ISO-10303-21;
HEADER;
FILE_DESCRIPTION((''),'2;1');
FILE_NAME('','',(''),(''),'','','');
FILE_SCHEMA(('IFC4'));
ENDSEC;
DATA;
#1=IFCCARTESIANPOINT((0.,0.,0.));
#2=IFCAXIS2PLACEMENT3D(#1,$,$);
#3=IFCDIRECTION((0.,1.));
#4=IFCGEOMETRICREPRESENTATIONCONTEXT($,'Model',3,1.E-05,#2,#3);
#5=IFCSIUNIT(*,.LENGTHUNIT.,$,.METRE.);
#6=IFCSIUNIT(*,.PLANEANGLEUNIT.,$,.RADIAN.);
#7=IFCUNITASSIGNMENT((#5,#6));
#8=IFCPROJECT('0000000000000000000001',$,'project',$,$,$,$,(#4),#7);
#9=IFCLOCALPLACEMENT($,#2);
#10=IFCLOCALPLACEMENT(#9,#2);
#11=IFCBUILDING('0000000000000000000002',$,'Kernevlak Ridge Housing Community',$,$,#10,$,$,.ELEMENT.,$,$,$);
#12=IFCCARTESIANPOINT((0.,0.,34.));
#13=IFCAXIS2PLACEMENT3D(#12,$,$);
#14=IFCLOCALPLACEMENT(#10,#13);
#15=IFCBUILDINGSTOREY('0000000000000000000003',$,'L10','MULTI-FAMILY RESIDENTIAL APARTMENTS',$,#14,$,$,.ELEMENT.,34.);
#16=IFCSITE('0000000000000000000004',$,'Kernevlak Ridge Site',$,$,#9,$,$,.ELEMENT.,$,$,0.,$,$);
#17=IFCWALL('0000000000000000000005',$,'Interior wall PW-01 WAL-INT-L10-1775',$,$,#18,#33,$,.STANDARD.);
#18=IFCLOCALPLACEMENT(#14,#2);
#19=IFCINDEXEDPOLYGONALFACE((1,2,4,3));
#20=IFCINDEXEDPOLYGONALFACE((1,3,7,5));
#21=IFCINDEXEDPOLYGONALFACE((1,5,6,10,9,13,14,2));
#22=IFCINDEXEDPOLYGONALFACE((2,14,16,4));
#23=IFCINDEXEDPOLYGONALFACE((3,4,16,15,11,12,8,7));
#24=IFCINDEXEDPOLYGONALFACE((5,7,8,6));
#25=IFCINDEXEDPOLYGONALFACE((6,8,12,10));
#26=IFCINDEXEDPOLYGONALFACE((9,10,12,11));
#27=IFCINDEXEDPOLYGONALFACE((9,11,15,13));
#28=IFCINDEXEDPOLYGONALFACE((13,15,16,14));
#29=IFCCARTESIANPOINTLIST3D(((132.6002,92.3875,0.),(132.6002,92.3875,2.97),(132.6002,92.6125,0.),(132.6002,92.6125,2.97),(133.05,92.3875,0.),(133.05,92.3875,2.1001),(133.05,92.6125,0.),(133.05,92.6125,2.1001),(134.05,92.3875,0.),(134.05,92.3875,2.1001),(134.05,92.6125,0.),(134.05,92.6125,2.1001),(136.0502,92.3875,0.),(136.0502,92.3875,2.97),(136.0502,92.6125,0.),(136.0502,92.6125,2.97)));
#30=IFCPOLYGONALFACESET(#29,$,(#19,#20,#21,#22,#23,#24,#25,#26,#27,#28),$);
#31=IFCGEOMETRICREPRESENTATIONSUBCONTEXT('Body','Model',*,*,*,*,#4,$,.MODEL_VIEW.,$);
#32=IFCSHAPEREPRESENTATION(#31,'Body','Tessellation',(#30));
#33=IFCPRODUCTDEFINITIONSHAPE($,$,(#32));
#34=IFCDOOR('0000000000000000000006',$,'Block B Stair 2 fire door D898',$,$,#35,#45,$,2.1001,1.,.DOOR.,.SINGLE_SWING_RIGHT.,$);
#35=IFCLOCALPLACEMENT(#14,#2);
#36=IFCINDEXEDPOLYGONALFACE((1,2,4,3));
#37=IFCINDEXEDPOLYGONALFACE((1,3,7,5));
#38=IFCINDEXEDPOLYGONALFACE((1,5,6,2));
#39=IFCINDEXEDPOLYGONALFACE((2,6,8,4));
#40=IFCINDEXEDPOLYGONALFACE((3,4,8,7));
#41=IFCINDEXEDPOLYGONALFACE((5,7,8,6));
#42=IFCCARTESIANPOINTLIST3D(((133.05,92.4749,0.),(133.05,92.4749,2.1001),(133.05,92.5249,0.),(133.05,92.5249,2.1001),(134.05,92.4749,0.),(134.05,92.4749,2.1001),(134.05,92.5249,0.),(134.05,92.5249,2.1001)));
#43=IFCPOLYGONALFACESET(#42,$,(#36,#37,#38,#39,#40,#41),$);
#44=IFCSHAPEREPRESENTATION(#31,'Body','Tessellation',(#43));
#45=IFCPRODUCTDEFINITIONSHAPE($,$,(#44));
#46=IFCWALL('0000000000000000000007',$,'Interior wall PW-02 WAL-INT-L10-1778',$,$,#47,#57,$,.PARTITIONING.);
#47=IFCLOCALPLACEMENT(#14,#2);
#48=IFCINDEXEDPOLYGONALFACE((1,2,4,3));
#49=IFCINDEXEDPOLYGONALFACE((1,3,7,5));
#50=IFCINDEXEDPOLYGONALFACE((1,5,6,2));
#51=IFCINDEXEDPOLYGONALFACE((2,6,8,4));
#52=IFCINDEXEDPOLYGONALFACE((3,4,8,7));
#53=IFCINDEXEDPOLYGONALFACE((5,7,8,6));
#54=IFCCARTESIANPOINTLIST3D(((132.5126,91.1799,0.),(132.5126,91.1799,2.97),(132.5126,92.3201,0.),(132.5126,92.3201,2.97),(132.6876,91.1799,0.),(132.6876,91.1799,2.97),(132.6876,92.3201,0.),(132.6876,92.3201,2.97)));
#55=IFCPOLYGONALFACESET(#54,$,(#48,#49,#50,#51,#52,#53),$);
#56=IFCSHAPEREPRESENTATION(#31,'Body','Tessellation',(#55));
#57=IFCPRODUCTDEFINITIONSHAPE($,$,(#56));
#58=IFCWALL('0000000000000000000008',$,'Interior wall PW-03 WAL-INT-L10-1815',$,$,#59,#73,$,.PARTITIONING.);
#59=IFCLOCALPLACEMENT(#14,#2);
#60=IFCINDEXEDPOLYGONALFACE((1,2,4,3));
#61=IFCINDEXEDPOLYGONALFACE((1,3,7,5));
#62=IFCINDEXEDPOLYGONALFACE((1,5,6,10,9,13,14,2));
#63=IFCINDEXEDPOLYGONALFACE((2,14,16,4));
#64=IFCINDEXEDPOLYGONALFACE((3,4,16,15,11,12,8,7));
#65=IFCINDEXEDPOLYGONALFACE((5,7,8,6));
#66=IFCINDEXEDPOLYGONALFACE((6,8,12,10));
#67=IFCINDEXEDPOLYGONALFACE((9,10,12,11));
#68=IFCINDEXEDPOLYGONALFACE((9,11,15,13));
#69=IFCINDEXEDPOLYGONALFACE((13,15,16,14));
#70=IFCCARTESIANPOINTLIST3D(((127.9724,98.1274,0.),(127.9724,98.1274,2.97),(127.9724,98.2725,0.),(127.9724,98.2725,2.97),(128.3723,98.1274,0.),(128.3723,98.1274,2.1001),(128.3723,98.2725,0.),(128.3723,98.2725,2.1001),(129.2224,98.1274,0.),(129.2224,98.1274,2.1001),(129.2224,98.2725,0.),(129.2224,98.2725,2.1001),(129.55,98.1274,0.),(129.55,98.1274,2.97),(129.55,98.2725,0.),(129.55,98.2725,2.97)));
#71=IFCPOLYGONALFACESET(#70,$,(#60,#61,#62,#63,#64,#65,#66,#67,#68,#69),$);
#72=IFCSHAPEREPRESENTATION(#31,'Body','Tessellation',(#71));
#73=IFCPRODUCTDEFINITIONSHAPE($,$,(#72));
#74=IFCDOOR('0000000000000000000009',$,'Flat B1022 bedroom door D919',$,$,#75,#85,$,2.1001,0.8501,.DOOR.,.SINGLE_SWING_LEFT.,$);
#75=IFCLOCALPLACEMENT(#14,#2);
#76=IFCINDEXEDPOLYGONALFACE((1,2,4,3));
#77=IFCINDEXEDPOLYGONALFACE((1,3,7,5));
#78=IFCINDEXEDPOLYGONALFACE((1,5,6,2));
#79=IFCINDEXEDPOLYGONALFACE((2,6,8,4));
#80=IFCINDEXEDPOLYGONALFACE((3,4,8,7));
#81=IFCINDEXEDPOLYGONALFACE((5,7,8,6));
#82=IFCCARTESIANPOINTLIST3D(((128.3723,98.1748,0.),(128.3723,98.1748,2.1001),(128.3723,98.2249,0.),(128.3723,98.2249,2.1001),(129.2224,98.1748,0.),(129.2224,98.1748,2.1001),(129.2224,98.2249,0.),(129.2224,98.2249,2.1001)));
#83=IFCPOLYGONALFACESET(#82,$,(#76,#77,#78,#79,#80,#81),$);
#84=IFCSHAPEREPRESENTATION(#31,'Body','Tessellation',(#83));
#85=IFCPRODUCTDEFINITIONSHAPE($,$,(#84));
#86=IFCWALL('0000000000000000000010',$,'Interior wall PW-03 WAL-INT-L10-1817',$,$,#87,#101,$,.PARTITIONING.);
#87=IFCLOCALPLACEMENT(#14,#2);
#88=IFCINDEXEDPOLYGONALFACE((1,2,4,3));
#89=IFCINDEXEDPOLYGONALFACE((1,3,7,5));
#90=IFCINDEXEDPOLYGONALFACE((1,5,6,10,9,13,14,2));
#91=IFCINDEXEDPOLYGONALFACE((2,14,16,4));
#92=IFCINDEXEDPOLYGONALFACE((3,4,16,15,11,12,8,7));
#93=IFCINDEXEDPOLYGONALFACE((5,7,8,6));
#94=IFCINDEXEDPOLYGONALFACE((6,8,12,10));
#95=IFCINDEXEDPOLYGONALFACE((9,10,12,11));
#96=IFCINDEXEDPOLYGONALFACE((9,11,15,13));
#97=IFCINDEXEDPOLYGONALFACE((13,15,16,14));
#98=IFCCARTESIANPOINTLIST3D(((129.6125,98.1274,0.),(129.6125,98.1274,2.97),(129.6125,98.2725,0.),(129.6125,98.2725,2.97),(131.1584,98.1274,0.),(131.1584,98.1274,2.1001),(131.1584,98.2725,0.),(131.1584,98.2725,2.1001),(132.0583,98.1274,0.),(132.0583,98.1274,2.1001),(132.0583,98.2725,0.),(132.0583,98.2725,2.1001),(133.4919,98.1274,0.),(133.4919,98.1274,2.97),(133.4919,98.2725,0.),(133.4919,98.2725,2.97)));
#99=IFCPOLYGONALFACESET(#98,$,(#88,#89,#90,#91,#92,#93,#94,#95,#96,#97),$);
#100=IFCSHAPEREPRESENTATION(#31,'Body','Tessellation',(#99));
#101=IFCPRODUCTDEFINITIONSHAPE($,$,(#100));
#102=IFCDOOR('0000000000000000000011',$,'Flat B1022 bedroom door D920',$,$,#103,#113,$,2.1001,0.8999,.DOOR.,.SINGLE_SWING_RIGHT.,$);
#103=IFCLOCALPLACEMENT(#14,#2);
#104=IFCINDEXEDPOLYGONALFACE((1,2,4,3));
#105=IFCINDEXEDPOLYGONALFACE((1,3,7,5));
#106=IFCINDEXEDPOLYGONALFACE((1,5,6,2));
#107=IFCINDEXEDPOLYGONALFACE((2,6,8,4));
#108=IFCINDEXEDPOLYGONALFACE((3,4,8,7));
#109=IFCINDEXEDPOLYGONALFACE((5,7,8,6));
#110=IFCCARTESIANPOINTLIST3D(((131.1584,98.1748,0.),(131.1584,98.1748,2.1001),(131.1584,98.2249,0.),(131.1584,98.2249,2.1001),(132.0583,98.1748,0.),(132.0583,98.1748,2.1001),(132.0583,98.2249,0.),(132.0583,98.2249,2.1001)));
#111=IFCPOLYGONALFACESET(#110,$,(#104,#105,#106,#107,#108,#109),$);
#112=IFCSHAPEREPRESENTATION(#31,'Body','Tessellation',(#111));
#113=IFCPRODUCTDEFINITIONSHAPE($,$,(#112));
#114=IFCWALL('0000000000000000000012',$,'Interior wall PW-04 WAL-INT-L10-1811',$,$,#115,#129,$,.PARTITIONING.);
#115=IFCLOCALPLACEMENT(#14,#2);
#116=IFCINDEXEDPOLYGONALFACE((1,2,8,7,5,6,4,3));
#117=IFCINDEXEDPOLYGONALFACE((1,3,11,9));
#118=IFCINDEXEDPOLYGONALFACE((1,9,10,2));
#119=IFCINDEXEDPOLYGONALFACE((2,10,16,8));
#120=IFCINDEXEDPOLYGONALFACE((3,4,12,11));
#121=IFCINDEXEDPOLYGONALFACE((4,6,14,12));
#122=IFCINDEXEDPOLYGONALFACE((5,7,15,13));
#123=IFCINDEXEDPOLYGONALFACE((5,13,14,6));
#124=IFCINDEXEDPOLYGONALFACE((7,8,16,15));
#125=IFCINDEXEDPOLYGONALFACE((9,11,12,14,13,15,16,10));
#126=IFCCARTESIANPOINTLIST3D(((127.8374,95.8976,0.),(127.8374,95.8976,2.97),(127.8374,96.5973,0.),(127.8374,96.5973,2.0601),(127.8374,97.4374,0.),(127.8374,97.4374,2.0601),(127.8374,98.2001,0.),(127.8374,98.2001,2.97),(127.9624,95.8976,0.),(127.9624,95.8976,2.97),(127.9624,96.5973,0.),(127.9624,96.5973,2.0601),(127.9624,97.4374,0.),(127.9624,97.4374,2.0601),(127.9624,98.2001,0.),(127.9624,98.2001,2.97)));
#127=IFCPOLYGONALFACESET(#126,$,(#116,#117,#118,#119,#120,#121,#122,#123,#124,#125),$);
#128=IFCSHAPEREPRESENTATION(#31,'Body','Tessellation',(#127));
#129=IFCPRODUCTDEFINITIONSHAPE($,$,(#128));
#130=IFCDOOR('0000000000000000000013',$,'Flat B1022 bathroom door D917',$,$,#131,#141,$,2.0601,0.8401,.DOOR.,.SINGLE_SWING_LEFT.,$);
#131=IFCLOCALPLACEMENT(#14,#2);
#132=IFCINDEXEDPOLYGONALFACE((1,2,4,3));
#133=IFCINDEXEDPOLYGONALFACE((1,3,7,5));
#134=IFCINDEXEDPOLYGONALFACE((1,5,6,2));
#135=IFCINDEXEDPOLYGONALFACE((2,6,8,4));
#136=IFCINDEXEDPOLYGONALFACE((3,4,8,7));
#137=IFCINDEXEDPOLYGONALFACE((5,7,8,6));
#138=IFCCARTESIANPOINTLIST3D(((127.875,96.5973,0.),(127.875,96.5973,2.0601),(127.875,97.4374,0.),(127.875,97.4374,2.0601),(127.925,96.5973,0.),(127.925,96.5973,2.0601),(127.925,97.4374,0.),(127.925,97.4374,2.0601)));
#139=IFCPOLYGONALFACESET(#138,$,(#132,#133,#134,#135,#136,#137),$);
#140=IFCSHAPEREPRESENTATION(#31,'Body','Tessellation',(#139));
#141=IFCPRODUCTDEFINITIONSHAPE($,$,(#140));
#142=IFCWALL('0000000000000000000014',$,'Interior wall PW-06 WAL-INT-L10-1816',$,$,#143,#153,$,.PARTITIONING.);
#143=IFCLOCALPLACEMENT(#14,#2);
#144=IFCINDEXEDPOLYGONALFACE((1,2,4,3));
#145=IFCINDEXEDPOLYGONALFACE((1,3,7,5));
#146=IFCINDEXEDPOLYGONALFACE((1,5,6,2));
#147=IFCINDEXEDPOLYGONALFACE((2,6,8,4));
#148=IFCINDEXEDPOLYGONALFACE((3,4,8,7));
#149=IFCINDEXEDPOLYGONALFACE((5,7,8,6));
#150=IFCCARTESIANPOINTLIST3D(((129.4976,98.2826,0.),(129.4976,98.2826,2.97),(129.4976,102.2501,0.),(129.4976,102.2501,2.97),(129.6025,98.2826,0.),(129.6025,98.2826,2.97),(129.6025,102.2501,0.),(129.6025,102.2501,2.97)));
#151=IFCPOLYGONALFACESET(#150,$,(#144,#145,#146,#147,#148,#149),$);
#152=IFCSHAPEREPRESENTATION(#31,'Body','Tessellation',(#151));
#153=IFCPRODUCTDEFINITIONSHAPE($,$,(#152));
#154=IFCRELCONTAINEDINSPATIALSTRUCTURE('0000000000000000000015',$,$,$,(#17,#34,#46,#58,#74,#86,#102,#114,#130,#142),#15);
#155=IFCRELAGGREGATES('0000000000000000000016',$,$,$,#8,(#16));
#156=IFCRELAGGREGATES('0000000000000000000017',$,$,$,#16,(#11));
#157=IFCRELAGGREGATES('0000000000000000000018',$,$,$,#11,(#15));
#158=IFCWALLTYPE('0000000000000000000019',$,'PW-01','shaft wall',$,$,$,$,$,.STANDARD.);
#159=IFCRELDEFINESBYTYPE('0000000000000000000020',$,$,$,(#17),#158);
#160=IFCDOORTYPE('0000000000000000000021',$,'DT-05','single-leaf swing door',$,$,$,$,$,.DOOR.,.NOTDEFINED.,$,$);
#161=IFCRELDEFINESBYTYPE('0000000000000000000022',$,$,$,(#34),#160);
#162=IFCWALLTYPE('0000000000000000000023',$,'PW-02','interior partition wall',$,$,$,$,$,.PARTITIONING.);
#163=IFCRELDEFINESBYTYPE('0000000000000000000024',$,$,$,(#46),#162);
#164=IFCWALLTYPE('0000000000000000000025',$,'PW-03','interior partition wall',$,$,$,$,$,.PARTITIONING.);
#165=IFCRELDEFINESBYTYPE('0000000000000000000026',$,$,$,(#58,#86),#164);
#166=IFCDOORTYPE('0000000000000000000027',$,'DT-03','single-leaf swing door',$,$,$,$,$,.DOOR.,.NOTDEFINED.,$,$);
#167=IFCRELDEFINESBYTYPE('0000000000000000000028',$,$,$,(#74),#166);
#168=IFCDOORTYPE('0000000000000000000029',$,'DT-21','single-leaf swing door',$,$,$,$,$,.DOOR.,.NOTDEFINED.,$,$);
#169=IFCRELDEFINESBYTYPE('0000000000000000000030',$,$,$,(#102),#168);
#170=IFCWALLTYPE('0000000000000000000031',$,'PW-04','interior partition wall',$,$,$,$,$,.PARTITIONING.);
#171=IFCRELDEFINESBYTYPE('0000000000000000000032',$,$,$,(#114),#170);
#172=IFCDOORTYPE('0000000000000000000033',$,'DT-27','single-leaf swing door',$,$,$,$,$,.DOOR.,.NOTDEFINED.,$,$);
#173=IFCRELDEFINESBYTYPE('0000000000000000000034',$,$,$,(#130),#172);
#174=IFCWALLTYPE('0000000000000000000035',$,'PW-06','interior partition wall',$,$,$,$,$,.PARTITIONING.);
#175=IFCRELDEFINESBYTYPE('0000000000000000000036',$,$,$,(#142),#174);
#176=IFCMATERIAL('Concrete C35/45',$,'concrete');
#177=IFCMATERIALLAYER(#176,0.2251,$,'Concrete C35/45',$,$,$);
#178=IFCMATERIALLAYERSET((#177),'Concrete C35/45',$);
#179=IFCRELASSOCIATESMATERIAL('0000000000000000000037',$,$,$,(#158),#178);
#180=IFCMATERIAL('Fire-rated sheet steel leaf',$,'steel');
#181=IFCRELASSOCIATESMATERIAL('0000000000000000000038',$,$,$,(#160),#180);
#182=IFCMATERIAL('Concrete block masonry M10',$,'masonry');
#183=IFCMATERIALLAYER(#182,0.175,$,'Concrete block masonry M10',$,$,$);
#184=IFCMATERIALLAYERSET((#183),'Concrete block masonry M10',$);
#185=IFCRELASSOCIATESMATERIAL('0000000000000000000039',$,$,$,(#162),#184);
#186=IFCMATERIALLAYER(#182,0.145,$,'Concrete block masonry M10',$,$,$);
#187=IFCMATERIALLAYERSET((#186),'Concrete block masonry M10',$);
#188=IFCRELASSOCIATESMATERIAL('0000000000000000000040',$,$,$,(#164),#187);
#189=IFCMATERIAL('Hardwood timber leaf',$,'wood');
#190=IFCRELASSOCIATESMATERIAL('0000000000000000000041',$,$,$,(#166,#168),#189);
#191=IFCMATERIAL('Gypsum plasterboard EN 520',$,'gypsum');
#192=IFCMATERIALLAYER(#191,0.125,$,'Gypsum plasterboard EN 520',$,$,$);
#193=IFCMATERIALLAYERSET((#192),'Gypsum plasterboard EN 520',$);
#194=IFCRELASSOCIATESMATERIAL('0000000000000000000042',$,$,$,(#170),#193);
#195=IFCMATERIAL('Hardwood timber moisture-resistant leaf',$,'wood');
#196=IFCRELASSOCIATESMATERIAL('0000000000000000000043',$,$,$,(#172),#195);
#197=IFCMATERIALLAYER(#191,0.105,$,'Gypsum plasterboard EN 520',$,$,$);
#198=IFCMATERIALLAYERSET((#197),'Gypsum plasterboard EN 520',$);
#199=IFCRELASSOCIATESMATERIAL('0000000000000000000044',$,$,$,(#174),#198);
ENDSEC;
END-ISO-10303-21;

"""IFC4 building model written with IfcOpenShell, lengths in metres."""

from ifc_helpers import new_model, si_unit, direction, frame, frame_2d, origin, place, context, subcontext, project, spatial, rectangle, extrude, material, layer, layer_set, type_object, element, fill, save


model = new_model("IFC4")

# Units and contexts
model_context = context("Model", 3, precision=1e-05, world=origin(), true_north=direction((0.0, 1.0)))
body_context = subcontext(model_context, "Body", "Model", "MODEL_VIEW")
ifc_project = project(units=[si_unit("LENGTHUNIT", "METRE"), si_unit("PLANEANGLEUNIT", "RADIAN")], contexts=[model_context])

# Site, building, storey
site_placement = place(None, origin())
site = spatial("IfcSite", under=ifc_project, at=site_placement, Name="Kernevlak Ridge Site", CompositionType="ELEMENT", RefElevation=0.0)
building_placement = place(site_placement, origin())
building = spatial("IfcBuilding", under=site, at=building_placement, Name="Kernevlak Ridge Housing Community", CompositionType="ELEMENT")
storey_placement = place(building_placement, frame((0.0, 0.0, 34.0)))
storey = spatial("IfcBuildingStorey", under=building, at=storey_placement, Name="L10", Description="MULTI-FAMILY RESIDENTIAL APARTMENTS", CompositionType="ELEMENT", Elevation=34.0)

# Shared definitions
ifc_material_1 = material(Name="Concrete C35/45", Category="concrete")

# Shared definitions
ifc_material_2 = material(Name="Concrete block masonry M10", Category="masonry")

# Shared definitions
ifc_layer_1 = layer(ifc_material_1, 0.2251, Name="Concrete C35/45")
ifc_layer_set_1 = layer_set([ifc_layer_1], Name="Concrete C35/45")
wall_type_1 = type_object("IfcWallType", Name="PW-01", Description="shaft wall", PredefinedType="STANDARD", material=ifc_layer_set_1)

# Wall, opening, door
wall_1_placement = place(storey_placement, frame((132.6001, 92.5, 0.0), z_axis=(0.0, 0.0, 1.0), x_axis=(1.0, 0.0, 0.0)))
wall_1 = element("IfcWall", 1, at=wall_1_placement, inside=storey, type_object=wall_type_1, Name="Interior wall PW-01 WAL-INT-L10-1775", PredefinedType="STANDARD", context=body_context, shape_type="SweptSolid", body=[
    extrude(rectangle(XDim=3.45, YDim=0.2251, at=frame_2d((1.7251, 0.0))), origin(), (0.0, 0.0, 1.0), 2.97),
])
opening_1_placement = place(wall_1_placement, frame((0.45, 0.0, 0.0)))
opening_1 = element("IfcOpeningElement", 2, at=opening_1_placement, cuts=wall_1, PredefinedType="OPENING", context=body_context, shape_type="SweptSolid", body=[
    extrude(rectangle(XDim=1.0, YDim=2.1001, at=frame_2d((0.5, 1.05))), frame((0.0, 0.1226, 0.0), z_axis=(0.0, -1.0, 0.0), x_axis=(1.0, 0.0, 0.0)), (0.0, 0.0, 1.0), 0.2451),
])
ifc_material_3 = material(Name="Fire-rated sheet steel leaf", Category="steel")
door_type_1 = type_object("IfcDoorType", Name="DT-05", Description="single-leaf swing door", OperationType="NOTDEFINED", PredefinedType="DOOR", material=ifc_material_3)
door_1_placement = place(opening_1_placement, origin())
door_1 = element("IfcDoor", 3, at=door_1_placement, inside=storey, type_object=door_type_1, Name="Block B Stair 2 fire door D898", OperationType="SINGLE_SWING_RIGHT", OverallHeight=2.1001, OverallWidth=1.0, PredefinedType="DOOR", context=body_context, shape_type="SweptSolid", body=[
    extrude(rectangle(XDim=1.0, YDim=2.1001, at=frame_2d((0.5, 1.05))), frame((0.0, 0.0249, 0.0), z_axis=(0.0, -1.0, 0.0), x_axis=(1.0, 0.0, 0.0)), (0.0, 0.0, 1.0), 0.05),
])
fill(opening_1, door_1)

# Wall
ifc_layer_2 = layer(ifc_material_2, 0.175, Name="Concrete block masonry M10")
ifc_layer_set_2 = layer_set([ifc_layer_2], Name="Concrete block masonry M10")
wall_type_2 = type_object("IfcWallType", Name="PW-02", Description="interior partition wall", PredefinedType="PARTITIONING", material=ifc_layer_set_2)
wall_2_placement = place(storey_placement, frame((132.6001, 91.1799, 0.0), z_axis=(0.0, 0.0, 1.0), x_axis=(0.0, 1.0, 0.0)))
element("IfcWall", 4, at=wall_2_placement, inside=storey, type_object=wall_type_2, Name="Interior wall PW-02 WAL-INT-L10-1778", PredefinedType="PARTITIONING", context=body_context, shape_type="SweptSolid", body=[
    extrude(rectangle(XDim=1.1401, YDim=0.175, at=frame_2d((0.5701, 0.0))), origin(), (0.0, 0.0, 1.0), 2.97),
])

# Walls, openings, doors
ifc_layer_3 = layer(ifc_material_2, 0.145, Name="Concrete block masonry M10")
ifc_layer_set_3 = layer_set([ifc_layer_3], Name="Concrete block masonry M10")
wall_type_3 = type_object("IfcWallType", Name="PW-03", Description="interior partition wall", PredefinedType="PARTITIONING", material=ifc_layer_set_3)
wall_3_placement = place(storey_placement, frame((127.9724, 98.2, 0.0), z_axis=(0.0, 0.0, 1.0), x_axis=(1.0, 0.0, 0.0)))
wall_3 = element("IfcWall", 5, at=wall_3_placement, inside=storey, type_object=wall_type_3, Name="Interior wall PW-03 WAL-INT-L10-1815", PredefinedType="PARTITIONING", context=body_context, shape_type="SweptSolid", body=[
    extrude(rectangle(XDim=1.5776, YDim=0.145, at=frame_2d((0.7888, 0.0))), origin(), (0.0, 0.0, 1.0), 2.97),
])
opening_2_placement = place(wall_3_placement, frame((0.3999, 0.0, 0.0)))
opening_2 = element("IfcOpeningElement", 6, at=opening_2_placement, cuts=wall_3, PredefinedType="OPENING", context=body_context, shape_type="SweptSolid", body=[
    extrude(rectangle(XDim=0.8501, YDim=2.1001, at=frame_2d((0.425, 1.05))), frame((0.0, 0.0825, 0.0), z_axis=(0.0, -1.0, 0.0), x_axis=(1.0, 0.0, 0.0)), (0.0, 0.0, 1.0), 0.165),
])
ifc_material_4 = material(Name="Hardwood timber leaf", Category="wood")
door_type_2 = type_object("IfcDoorType", Name="DT-03", Description="single-leaf swing door", OperationType="NOTDEFINED", PredefinedType="DOOR", material=ifc_material_4)
door_2_placement = place(opening_2_placement, origin())
door_2 = element("IfcDoor", 7, at=door_2_placement, inside=storey, type_object=door_type_2, Name="Flat B1022 bedroom door D919", OperationType="SINGLE_SWING_LEFT", OverallHeight=2.1001, OverallWidth=0.8501, PredefinedType="DOOR", context=body_context, shape_type="SweptSolid", body=[
    extrude(rectangle(XDim=0.8501, YDim=2.1001, at=frame_2d((0.425, 1.05))), frame((0.0, 0.0249, 0.0), z_axis=(0.0, -1.0, 0.0), x_axis=(1.0, 0.0, 0.0)), (0.0, 0.0, 1.0), 0.05),
])
fill(opening_2, door_2)
wall_4_placement = place(storey_placement, frame((129.6125, 98.2, 0.0), z_axis=(0.0, 0.0, 1.0), x_axis=(1.0, 0.0, 0.0)))
wall_4 = element("IfcWall", 8, at=wall_4_placement, inside=storey, type_object=wall_type_3, Name="Interior wall PW-03 WAL-INT-L10-1817", PredefinedType="PARTITIONING", context=body_context, shape_type="SweptSolid", body=[
    extrude(rectangle(XDim=3.8794, YDim=0.145, at=frame_2d((1.9397, 0.0))), origin(), (0.0, 0.0, 1.0), 2.97),
])
opening_3_placement = place(wall_4_placement, frame((1.5459, 0.0, 0.0)))
opening_3 = element("IfcOpeningElement", 9, at=opening_3_placement, cuts=wall_4, PredefinedType="OPENING", context=body_context, shape_type="SweptSolid", body=[
    extrude(rectangle(XDim=0.8999, YDim=2.1001, at=frame_2d((0.45, 1.05))), frame((0.0, 0.0825, 0.0), z_axis=(0.0, -1.0, 0.0), x_axis=(1.0, 0.0, 0.0)), (0.0, 0.0, 1.0), 0.165),
])
door_type_3 = type_object("IfcDoorType", Name="DT-21", Description="single-leaf swing door", OperationType="NOTDEFINED", PredefinedType="DOOR", material=ifc_material_4)
door_3_placement = place(opening_3_placement, origin())
door_3 = element("IfcDoor", 10, at=door_3_placement, inside=storey, type_object=door_type_3, Name="Flat B1022 bedroom door D920", OperationType="SINGLE_SWING_RIGHT", OverallHeight=2.1001, OverallWidth=0.8999, PredefinedType="DOOR", context=body_context, shape_type="SweptSolid", body=[
    extrude(rectangle(XDim=0.8999, YDim=2.1001, at=frame_2d((0.45, 1.05))), frame((0.0, 0.0249, 0.0), z_axis=(0.0, -1.0, 0.0), x_axis=(1.0, 0.0, 0.0)), (0.0, 0.0, 1.0), 0.05),
])
fill(opening_3, door_3)
ifc_material_5 = material(Name="Gypsum plasterboard EN 520", Category="gypsum")
ifc_layer_4 = layer(ifc_material_5, 0.125, Name="Gypsum plasterboard EN 520")
ifc_layer_set_4 = layer_set([ifc_layer_4], Name="Gypsum plasterboard EN 520")
wall_type_4 = type_object("IfcWallType", Name="PW-04", Description="interior partition wall", PredefinedType="PARTITIONING", material=ifc_layer_set_4)
wall_5_placement = place(storey_placement, frame((127.8999, 95.8975, 0.0), z_axis=(0.0, 0.0, 1.0), x_axis=(0.0, 1.0, 0.0)))
wall_5 = element("IfcWall", 11, at=wall_5_placement, inside=storey, type_object=wall_type_4, Name="Interior wall PW-04 WAL-INT-L10-1811", PredefinedType="PARTITIONING", context=body_context, shape_type="SweptSolid", body=[
    extrude(rectangle(XDim=2.3025, YDim=0.125, at=frame_2d((1.1514, 0.0))), origin(), (0.0, 0.0, 1.0), 2.97),
])
opening_4_placement = place(wall_5_placement, frame((0.7, 0.0, 0.0)))
opening_4 = element("IfcOpeningElement", 12, at=opening_4_placement, cuts=wall_5, PredefinedType="OPENING", context=body_context, shape_type="SweptSolid", body=[
    extrude(rectangle(XDim=0.8401, YDim=2.0601, at=frame_2d((0.4199, 1.03))), frame((0.0, 0.0725, 0.0), z_axis=(0.0, -1.0, 0.0), x_axis=(1.0, 0.0, 0.0)), (0.0, 0.0, 1.0), 0.145),
])
ifc_material_6 = material(Name="Hardwood timber moisture-resistant leaf", Category="wood")
door_type_4 = type_object("IfcDoorType", Name="DT-27", Description="single-leaf swing door", OperationType="NOTDEFINED", PredefinedType="DOOR", material=ifc_material_6)
door_4_placement = place(opening_4_placement, origin())
door_4 = element("IfcDoor", 13, at=door_4_placement, inside=storey, type_object=door_type_4, Name="Flat B1022 bathroom door D917", OperationType="SINGLE_SWING_LEFT", OverallHeight=2.0601, OverallWidth=0.8401, PredefinedType="DOOR", context=body_context, shape_type="SweptSolid", body=[
    extrude(rectangle(XDim=0.8401, YDim=2.0601, at=frame_2d((0.4199, 1.03))), frame((0.0, 0.0249, 0.0), z_axis=(0.0, -1.0, 0.0), x_axis=(1.0, 0.0, 0.0)), (0.0, 0.0, 1.0), 0.05),
])
fill(opening_4, door_4)

# Wall
ifc_layer_5 = layer(ifc_material_5, 0.105, Name="Gypsum plasterboard EN 520")
ifc_layer_set_5 = layer_set([ifc_layer_5], Name="Gypsum plasterboard EN 520")
wall_type_5 = type_object("IfcWallType", Name="PW-06", Description="interior partition wall", PredefinedType="PARTITIONING", material=ifc_layer_set_5)
wall_6_placement = place(storey_placement, frame((129.55, 98.2825, 0.0), z_axis=(0.0, 0.0, 1.0), x_axis=(0.0, 1.0, 0.0)))
element("IfcWall", 14, at=wall_6_placement, inside=storey, type_object=wall_type_5, Name="Interior wall PW-06 WAL-INT-L10-1816", PredefinedType="PARTITIONING", context=body_context, shape_type="SweptSolid", body=[
    extrude(rectangle(XDim=3.9675, YDim=0.105, at=frame_2d((1.9839, 0.0))), origin(), (0.0, 0.0, 1.0), 2.97),
])

save(model, "model.ifc")
